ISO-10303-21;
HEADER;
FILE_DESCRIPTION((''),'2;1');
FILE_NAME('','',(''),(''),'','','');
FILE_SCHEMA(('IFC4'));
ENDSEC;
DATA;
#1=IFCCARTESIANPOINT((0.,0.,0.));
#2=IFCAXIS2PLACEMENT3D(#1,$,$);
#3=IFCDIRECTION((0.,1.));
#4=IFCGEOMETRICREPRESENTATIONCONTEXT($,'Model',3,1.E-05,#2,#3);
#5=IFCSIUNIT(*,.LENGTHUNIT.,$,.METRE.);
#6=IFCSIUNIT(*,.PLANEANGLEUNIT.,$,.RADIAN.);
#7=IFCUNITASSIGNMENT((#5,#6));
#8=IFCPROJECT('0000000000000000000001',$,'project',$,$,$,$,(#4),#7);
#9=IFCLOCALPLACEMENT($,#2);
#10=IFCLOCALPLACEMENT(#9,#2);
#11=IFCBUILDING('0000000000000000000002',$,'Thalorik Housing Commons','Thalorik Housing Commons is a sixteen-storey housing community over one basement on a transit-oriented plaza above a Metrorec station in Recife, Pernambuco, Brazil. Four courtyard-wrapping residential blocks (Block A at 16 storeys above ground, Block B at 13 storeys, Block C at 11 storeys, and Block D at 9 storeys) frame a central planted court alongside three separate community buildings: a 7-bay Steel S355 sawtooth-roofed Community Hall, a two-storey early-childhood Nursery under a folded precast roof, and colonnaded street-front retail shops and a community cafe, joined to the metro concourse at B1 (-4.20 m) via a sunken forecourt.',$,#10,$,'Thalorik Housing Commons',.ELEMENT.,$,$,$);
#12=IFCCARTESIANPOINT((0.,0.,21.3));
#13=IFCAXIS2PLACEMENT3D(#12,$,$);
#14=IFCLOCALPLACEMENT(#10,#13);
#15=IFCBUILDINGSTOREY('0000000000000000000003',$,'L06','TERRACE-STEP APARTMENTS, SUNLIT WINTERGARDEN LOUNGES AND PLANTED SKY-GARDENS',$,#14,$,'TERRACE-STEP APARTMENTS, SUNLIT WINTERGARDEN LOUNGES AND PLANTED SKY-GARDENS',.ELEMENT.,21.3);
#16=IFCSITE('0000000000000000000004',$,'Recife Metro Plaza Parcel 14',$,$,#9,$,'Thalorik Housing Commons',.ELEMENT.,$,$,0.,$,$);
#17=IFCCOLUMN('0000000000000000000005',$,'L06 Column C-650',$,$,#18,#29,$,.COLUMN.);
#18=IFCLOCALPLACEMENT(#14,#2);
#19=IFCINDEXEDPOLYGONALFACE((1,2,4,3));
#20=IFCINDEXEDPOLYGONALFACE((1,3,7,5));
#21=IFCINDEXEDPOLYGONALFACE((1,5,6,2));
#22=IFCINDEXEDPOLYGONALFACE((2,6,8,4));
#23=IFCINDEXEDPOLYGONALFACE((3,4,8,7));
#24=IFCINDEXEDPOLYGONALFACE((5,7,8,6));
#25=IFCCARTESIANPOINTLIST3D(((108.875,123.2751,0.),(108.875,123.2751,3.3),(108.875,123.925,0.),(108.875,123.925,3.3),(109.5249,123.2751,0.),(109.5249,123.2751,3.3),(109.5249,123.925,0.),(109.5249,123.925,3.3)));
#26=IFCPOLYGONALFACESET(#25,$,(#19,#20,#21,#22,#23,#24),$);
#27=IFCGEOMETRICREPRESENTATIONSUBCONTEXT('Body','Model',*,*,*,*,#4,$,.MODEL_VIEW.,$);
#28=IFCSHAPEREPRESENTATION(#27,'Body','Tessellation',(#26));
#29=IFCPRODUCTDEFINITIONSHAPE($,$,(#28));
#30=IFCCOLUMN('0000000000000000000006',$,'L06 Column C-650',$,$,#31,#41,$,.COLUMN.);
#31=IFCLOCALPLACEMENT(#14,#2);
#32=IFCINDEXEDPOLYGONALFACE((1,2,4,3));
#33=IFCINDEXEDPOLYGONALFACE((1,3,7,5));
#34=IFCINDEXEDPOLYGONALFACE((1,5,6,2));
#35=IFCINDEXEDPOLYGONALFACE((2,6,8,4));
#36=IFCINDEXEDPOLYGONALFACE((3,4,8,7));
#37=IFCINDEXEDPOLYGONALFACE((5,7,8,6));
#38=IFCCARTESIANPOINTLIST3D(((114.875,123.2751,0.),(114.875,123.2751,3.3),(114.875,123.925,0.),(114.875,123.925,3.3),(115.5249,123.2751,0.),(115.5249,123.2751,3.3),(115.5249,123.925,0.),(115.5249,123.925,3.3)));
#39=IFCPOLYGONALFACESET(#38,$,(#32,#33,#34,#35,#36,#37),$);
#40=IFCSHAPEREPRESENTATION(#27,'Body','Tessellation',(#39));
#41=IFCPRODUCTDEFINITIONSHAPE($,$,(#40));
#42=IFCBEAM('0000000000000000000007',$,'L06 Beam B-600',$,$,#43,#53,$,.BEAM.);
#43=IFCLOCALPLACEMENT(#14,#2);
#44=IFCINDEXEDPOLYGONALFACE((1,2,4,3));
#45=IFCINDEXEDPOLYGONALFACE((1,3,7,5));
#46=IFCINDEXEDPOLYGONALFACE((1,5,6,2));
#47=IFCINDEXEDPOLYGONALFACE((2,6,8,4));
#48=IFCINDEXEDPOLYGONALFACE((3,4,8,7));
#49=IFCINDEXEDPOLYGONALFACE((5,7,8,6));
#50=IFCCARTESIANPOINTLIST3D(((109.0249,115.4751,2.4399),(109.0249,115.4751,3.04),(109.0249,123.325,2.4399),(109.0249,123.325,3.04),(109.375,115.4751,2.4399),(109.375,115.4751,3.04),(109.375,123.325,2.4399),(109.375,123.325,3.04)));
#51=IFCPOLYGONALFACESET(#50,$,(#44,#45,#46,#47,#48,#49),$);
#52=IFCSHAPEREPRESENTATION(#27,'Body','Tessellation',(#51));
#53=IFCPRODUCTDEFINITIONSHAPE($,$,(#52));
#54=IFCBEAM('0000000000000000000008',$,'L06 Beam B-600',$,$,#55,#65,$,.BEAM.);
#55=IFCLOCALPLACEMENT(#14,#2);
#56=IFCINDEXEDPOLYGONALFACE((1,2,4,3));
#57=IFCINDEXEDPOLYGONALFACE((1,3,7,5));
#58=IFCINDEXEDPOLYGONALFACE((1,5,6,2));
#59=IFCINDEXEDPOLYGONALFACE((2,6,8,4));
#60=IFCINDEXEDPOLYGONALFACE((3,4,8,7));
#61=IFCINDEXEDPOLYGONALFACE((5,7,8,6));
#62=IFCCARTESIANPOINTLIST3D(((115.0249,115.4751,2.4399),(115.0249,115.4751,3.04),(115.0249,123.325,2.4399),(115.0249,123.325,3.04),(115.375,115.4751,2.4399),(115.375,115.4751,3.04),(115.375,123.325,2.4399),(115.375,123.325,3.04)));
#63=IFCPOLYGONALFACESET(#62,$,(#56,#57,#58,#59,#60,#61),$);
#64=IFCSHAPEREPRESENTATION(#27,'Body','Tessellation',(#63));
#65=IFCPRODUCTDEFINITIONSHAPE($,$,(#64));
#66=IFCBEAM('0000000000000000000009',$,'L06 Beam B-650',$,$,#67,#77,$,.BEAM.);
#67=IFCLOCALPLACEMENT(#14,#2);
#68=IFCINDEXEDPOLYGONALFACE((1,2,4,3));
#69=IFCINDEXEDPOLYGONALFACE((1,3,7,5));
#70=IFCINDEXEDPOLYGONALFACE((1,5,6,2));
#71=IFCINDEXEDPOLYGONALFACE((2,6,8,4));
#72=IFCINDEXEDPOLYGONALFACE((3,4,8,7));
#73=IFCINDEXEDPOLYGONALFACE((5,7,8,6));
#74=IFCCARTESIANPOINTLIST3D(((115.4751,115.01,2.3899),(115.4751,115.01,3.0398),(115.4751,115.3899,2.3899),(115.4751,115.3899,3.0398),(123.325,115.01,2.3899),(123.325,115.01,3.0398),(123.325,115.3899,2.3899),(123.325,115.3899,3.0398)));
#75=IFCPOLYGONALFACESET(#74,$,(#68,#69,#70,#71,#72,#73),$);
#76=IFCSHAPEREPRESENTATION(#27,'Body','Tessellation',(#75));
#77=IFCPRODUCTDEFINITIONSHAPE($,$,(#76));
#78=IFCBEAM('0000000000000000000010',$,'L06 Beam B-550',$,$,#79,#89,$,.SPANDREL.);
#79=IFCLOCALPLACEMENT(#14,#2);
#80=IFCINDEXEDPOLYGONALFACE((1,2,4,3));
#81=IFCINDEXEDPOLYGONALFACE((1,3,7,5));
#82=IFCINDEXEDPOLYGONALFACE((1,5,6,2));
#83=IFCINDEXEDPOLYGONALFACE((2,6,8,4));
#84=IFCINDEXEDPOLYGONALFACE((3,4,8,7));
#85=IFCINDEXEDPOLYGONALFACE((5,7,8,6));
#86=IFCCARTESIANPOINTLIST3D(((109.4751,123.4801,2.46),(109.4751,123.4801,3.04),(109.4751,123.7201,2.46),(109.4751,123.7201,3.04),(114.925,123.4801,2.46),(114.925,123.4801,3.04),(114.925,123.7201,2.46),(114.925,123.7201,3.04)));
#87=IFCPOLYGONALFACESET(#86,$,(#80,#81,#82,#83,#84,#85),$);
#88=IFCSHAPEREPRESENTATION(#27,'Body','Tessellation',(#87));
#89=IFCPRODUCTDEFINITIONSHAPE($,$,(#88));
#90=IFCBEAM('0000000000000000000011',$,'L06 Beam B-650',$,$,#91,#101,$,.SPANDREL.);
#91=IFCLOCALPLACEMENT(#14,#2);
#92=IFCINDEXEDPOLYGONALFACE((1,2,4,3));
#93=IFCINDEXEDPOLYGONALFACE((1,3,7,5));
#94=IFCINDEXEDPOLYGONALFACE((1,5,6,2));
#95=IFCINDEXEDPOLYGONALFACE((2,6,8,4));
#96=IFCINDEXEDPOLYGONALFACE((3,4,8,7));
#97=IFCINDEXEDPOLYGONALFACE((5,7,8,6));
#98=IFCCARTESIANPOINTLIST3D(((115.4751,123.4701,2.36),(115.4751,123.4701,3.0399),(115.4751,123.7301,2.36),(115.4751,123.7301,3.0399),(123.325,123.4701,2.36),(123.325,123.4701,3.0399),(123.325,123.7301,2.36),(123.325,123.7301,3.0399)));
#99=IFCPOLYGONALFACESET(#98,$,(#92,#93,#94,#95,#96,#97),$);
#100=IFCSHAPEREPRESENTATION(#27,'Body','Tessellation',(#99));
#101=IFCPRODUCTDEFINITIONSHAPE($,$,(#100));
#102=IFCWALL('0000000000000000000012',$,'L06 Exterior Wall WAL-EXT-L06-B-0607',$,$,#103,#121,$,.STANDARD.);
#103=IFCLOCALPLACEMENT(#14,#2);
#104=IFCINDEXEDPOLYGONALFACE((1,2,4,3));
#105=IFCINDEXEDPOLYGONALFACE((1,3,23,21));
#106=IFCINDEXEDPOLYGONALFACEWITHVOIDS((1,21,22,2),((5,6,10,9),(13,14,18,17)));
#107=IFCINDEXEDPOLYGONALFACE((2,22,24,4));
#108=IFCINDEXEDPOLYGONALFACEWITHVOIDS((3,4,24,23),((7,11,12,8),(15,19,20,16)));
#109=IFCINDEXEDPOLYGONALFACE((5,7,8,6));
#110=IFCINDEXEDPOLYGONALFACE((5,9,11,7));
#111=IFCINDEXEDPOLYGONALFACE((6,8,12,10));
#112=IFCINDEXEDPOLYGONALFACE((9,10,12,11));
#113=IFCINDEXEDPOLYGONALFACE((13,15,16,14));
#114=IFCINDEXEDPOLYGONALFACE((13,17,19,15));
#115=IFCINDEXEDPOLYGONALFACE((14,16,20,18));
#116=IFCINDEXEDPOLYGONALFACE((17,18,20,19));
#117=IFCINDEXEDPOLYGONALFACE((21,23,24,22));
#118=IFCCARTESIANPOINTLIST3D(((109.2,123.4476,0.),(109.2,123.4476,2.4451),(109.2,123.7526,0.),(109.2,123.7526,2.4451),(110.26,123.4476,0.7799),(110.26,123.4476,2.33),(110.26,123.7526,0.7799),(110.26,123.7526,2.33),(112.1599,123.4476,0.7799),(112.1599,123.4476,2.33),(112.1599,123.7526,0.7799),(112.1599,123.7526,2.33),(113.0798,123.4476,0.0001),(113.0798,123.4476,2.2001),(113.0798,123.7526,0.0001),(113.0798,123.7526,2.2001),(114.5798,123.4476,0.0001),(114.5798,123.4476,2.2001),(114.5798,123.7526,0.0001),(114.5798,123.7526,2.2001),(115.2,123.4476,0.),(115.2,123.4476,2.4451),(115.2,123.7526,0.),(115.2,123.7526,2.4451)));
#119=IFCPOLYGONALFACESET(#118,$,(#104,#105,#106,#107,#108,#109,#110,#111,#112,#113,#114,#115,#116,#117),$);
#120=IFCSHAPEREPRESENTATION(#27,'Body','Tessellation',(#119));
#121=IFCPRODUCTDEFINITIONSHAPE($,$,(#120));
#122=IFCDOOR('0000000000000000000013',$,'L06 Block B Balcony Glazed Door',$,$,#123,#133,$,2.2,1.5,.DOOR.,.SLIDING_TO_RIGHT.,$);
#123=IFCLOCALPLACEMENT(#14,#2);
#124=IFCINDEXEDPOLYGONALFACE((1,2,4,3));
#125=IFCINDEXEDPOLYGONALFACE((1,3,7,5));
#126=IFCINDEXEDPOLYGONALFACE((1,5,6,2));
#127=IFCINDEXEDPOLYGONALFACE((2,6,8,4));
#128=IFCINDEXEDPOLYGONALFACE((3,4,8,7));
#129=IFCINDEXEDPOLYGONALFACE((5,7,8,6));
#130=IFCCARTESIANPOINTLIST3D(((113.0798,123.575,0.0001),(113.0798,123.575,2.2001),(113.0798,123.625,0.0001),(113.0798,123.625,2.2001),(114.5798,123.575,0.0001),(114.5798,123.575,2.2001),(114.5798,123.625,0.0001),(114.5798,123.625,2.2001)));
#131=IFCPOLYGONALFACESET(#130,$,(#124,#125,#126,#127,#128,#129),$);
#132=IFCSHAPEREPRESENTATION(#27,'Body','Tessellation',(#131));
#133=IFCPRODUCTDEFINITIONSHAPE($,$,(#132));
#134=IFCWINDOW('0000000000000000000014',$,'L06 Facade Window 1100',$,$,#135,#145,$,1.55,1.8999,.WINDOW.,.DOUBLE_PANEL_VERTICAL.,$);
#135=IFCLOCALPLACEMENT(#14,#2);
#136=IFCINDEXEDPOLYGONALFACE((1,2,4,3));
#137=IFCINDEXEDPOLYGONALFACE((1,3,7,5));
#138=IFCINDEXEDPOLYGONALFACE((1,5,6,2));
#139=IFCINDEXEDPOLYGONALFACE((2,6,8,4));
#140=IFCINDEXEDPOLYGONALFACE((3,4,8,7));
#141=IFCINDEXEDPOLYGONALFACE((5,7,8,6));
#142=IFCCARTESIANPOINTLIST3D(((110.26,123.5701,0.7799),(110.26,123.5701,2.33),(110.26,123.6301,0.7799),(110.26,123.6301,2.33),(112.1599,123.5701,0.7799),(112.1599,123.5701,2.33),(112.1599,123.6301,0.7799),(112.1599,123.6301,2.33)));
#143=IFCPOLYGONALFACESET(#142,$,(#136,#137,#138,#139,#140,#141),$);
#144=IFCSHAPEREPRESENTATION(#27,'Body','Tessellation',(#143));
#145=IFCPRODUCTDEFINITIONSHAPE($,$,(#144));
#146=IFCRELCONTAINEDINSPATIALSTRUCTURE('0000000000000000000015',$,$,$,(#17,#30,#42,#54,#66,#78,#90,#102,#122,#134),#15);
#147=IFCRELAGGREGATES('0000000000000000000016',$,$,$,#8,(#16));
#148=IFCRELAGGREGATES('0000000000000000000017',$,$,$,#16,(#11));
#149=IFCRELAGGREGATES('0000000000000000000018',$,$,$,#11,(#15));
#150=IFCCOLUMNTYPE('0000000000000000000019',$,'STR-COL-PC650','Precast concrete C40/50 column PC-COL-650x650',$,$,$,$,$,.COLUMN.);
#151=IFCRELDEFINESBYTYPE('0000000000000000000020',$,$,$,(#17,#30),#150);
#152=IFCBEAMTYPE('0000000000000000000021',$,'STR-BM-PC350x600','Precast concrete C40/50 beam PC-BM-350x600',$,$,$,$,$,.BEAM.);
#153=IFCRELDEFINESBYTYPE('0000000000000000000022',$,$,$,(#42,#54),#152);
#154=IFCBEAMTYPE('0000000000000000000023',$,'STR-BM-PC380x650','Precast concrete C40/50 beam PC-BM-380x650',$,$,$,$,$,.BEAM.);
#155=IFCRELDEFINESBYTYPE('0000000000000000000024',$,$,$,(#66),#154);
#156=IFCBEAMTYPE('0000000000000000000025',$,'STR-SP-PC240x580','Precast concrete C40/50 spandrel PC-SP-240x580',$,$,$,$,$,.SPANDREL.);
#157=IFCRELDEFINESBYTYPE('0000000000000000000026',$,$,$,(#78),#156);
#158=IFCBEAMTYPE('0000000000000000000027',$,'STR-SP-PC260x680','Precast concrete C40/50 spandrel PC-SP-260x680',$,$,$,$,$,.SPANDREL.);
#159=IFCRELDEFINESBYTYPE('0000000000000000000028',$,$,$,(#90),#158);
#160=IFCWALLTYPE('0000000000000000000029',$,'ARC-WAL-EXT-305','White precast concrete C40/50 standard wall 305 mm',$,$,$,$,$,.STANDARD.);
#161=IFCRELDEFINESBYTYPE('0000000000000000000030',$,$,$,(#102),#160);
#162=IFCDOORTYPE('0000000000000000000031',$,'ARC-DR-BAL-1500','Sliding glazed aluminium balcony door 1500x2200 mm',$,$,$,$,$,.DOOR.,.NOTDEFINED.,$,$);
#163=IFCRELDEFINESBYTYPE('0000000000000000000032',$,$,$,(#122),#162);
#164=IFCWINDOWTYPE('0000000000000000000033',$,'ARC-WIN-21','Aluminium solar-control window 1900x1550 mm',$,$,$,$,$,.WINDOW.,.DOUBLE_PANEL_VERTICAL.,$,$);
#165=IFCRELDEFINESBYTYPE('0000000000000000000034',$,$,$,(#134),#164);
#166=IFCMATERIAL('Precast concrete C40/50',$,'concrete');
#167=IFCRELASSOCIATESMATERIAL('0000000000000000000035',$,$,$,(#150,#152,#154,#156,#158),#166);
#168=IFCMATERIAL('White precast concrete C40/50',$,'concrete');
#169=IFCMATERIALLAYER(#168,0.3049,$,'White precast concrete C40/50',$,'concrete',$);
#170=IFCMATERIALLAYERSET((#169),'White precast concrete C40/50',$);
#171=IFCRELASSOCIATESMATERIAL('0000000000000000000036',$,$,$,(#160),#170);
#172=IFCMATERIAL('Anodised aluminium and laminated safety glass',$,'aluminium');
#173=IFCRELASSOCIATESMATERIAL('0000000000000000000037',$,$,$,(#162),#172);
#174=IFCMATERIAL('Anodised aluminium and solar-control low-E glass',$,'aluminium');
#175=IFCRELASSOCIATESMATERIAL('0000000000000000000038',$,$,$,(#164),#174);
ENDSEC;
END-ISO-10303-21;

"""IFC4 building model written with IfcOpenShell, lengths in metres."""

from ifc_helpers import new_model, si_unit, direction, frame, frame_2d, origin, origin_2d, place, context, subcontext, project, spatial, rectangle, extrude, material, layer, layer_set, material_profile, profile_set, type_object, element, fill, save


model = new_model("IFC4")

# Units and contexts
model_context = context("Model", 3, precision=1e-05, world=origin(), true_north=direction((0.0, 1.0)))
body_context = subcontext(model_context, "Body", "Model", "MODEL_VIEW")
ifc_project = project(units=[si_unit("LENGTHUNIT", "METRE"), si_unit("PLANEANGLEUNIT", "RADIAN")], contexts=[model_context])

# Site, building, storey
site_placement = place(None, origin())
site = spatial("IfcSite", under=ifc_project, at=site_placement, Name="Recife Metro Plaza Parcel 14", LongName="Thalorik Housing Commons", CompositionType="ELEMENT", RefElevation=0.0)
building_placement = place(site_placement, origin())
building = spatial("IfcBuilding", under=site, at=building_placement, Name="Thalorik Housing Commons", Description="Thalorik Housing Commons is a sixteen-storey housing community over one basement on a transit-oriented plaza above a Metrorec station in Recife, Pernambuco, Brazil. Four courtyard-wrapping residential blocks (Block A at 16 storeys above ground, Block B at 13 storeys, Block C at 11 storeys, and Block D at 9 storeys) frame a central planted court alongside three separate community buildings: a 7-bay Steel S355 sawtooth-roofed Community Hall, a two-storey early-childhood Nursery under a folded precast roof, and colonnaded street-front retail shops and a community cafe, joined to the metro concourse at B1 (-4.20 m) via a sunken forecourt.", LongName="Thalorik Housing Commons", CompositionType="ELEMENT")
storey_placement = place(building_placement, frame((0.0, 0.0, 21.3)))
storey = spatial("IfcBuildingStorey", under=building, at=storey_placement, Name="L06", Description="TERRACE-STEP APARTMENTS, SUNLIT WINTERGARDEN LOUNGES AND PLANTED SKY-GARDENS", LongName="TERRACE-STEP APARTMENTS, SUNLIT WINTERGARDEN LOUNGES AND PLANTED SKY-GARDENS", CompositionType="ELEMENT", Elevation=21.3)

# Columns
ifc_material_1 = material(Name="Precast concrete C40/50", Category="concrete")
ifc_material_profile_1 = material_profile(ifc_material_1, rectangle(XDim=0.6499, YDim=0.6499, at=origin_2d()), Name="PC 650x650", Category="concrete")
ifc_profile_set_1 = profile_set([ifc_material_profile_1], Name="Precast concrete C40/50")
column_type = type_object("IfcColumnType", Name="STR-COL-PC650", Description="Precast concrete C40/50 column PC-COL-650x650", PredefinedType="COLUMN", material=ifc_profile_set_1)
for number, where, z_axis, x_axis, name in (
    (1, (109.2, 123.6001, 0.0), (0.0, 0.0, 1.0), (1.0, 0.0, 0.0), "L06 Column C-650"),
    (2, (115.2, 123.6001, 0.0), (0.0, 0.0, 1.0), (1.0, 0.0, 0.0), "L06 Column C-650"),
):
    element("IfcColumn", number, at=place(storey_placement, frame(where, z_axis=z_axis, x_axis=x_axis)), inside=storey, type_object=column_type, Name=name, PredefinedType="COLUMN", context=body_context, shape_type="SweptSolid", body=[
        extrude(rectangle(XDim=0.6499, YDim=0.6499, at=origin_2d()), origin(), (0.0, 0.0, 1.0), 3.3),
    ])

# Beams
ifc_material_profile_2 = material_profile(ifc_material_1, rectangle(XDim=0.3501, YDim=0.6001, at=origin_2d()), Name="PC 350x600", Category="concrete")
ifc_profile_set_2 = profile_set([ifc_material_profile_2], Name="Precast concrete C40/50")
beam_type_1 = type_object("IfcBeamType", Name="STR-BM-PC350x600", Description="Precast concrete C40/50 beam PC-BM-350x600", PredefinedType="BEAM", material=ifc_profile_set_2)
for number, where, z_axis, x_axis, name in (
    (3, (109.2, 115.4751, 2.74), (0.0, 1.0, 0.0), (-1.0, 0.0, 0.0), "L06 Beam B-600"),
    (4, (115.2, 115.4751, 2.74), (0.0, 1.0, 0.0), (-1.0, 0.0, 0.0), "L06 Beam B-600"),
):
    element("IfcBeam", number, at=place(storey_placement, frame(where, z_axis=z_axis, x_axis=x_axis)), inside=storey, type_object=beam_type_1, Name=name, PredefinedType="BEAM", context=body_context, shape_type="SweptSolid", body=[
        extrude(rectangle(XDim=0.3501, YDim=0.6001, at=origin_2d()), origin(), (0.0, 0.0, 1.0), 7.8499),
    ])
ifc_material_profile_3 = material_profile(ifc_material_1, rectangle(XDim=0.3799, YDim=0.6499, at=origin_2d()), Name="PC 380x650", Category="concrete")
ifc_profile_set_3 = profile_set([ifc_material_profile_3], Name="Precast concrete C40/50")
beam_type_2 = type_object("IfcBeamType", Name="STR-BM-PC380x650", Description="Precast concrete C40/50 beam PC-BM-380x650", PredefinedType="BEAM", material=ifc_profile_set_3)
beam_1_placement = place(storey_placement, frame((115.4751, 115.2, 2.7148), z_axis=(1.0, 0.0, 0.0), x_axis=(0.0, 1.0, 0.0)))
element("IfcBeam", 5, at=beam_1_placement, inside=storey, type_object=beam_type_2, Name="L06 Beam B-650", PredefinedType="BEAM", context=body_context, shape_type="SweptSolid", body=[
    extrude(rectangle(XDim=0.3799, YDim=0.6499, at=origin_2d()), origin(), (0.0, 0.0, 1.0), 7.8499),
])
ifc_material_profile_4 = material_profile(ifc_material_1, rectangle(XDim=0.24, YDim=0.5801, at=origin_2d()), Name="PC SP 240x580", Category="concrete")
ifc_profile_set_4 = profile_set([ifc_material_profile_4], Name="Precast concrete C40/50")
beam_type_3 = type_object("IfcBeamType", Name="STR-SP-PC240x580", Description="Precast concrete C40/50 spandrel PC-SP-240x580", PredefinedType="SPANDREL", material=ifc_profile_set_4)
beam_2_placement = place(storey_placement, frame((109.4751, 123.6001, 2.75), z_axis=(1.0, 0.0, 0.0), x_axis=(0.0, 1.0, 0.0)))
element("IfcBeam", 6, at=beam_2_placement, inside=storey, type_object=beam_type_3, Name="L06 Beam B-550", PredefinedType="SPANDREL", context=body_context, shape_type="SweptSolid", body=[
    extrude(rectangle(XDim=0.24, YDim=0.5801, at=origin_2d()), origin(), (0.0, 0.0, 1.0), 5.45),
])
ifc_material_profile_5 = material_profile(ifc_material_1, rectangle(XDim=0.26, YDim=0.6799, at=origin_2d()), Name="PC SP 260x680", Category="concrete")
ifc_profile_set_5 = profile_set([ifc_material_profile_5], Name="Precast concrete C40/50")
beam_type_4 = type_object("IfcBeamType", Name="STR-SP-PC260x680", Description="Precast concrete C40/50 spandrel PC-SP-260x680", PredefinedType="SPANDREL", material=ifc_profile_set_5)
beam_3_placement = place(storey_placement, frame((115.4751, 123.6001, 2.7), z_axis=(1.0, 0.0, 0.0), x_axis=(0.0, 1.0, 0.0)))
element("IfcBeam", 7, at=beam_3_placement, inside=storey, type_object=beam_type_4, Name="L06 Beam B-650", PredefinedType="SPANDREL", context=body_context, shape_type="SweptSolid", body=[
    extrude(rectangle(XDim=0.26, YDim=0.6799, at=origin_2d()), origin(), (0.0, 0.0, 1.0), 7.8499),
])

# Wall, openings, door, window
ifc_material_2 = material(Name="White precast concrete C40/50", Category="concrete")
ifc_layer_1 = layer(ifc_material_2, 0.3049, Name="White precast concrete C40/50", Category="concrete")
ifc_layer_set_1 = layer_set([ifc_layer_1], Name="White precast concrete C40/50")
wall_type = type_object("IfcWallType", Name="ARC-WAL-EXT-305", Description="White precast concrete C40/50 standard wall 305 mm", PredefinedType="STANDARD", material=ifc_layer_set_1)
wall_1_placement = place(storey_placement, frame((115.2, 123.6001, 0.0), z_axis=(0.0, 0.0, 1.0), x_axis=(-1.0, 0.0, 0.0)))
wall_1 = element("IfcWall", 8, at=wall_1_placement, inside=storey, type_object=wall_type, Name="L06 Exterior Wall WAL-EXT-L06-B-0607", PredefinedType="STANDARD", context=body_context, shape_type="SweptSolid", body=[
    extrude(rectangle(XDim=6.0, YDim=0.3049, at=frame_2d((3.0, 0.0))), origin(), (0.0, 0.0, 1.0), 2.4451),
])
opening_1_placement = place(wall_1_placement, frame((0.6201, 0.0, 0.0)))
opening_1 = element("IfcOpeningElement", 9, at=opening_1_placement, cuts=wall_1, PredefinedType="OPENING", context=body_context, shape_type="SweptSolid", body=[
    extrude(rectangle(XDim=1.5, YDim=2.2, at=frame_2d((0.75, 1.1001))), frame((0.0, 0.1626, 0.0), z_axis=(0.0, -1.0, 0.0), x_axis=(1.0, 0.0, 0.0)), (0.0, 0.0, 1.0), 0.325),
])
opening_2_placement = place(wall_1_placement, frame((3.04, 0.0, 0.78)))
opening_2 = element("IfcOpeningElement", 10, at=opening_2_placement, cuts=wall_1, PredefinedType="OPENING", context=body_context, shape_type="SweptSolid", body=[
    extrude(rectangle(XDim=1.8999, YDim=1.55, at=frame_2d((0.95, 0.7749))), frame((0.0, 0.1626, 0.0), z_axis=(0.0, -1.0, 0.0), x_axis=(1.0, 0.0, 0.0)), (0.0, 0.0, 1.0), 0.325),
])
ifc_material_3 = material(Name="Anodised aluminium and laminated safety glass", Category="aluminium")
door_type_1 = type_object("IfcDoorType", Name="ARC-DR-BAL-1500", Description="Sliding glazed aluminium balcony door 1500x2200 mm", OperationType="NOTDEFINED", PredefinedType="DOOR", material=ifc_material_3)
door_1_placement = place(opening_1_placement, frame((1.5, 0.0, 0.0), z_axis=(0.0, 0.0, 1.0), x_axis=(-1.0, 0.0, 0.0)))
door_1 = element("IfcDoor", 11, at=door_1_placement, inside=storey, type_object=door_type_1, Name="L06 Block B Balcony Glazed Door", OperationType="SLIDING_TO_RIGHT", OverallHeight=2.2, OverallWidth=1.5, PredefinedType="DOOR", context=body_context, shape_type="SweptSolid", body=[
    extrude(rectangle(XDim=1.5, YDim=2.2, at=frame_2d((0.75, 1.1001))), frame((0.0, 0.0249, 0.0), z_axis=(0.0, -1.0, 0.0), x_axis=(1.0, 0.0, 0.0)), (0.0, 0.0, 1.0), 0.05),
])
fill(opening_1, door_1)
ifc_material_4 = material(Name="Anodised aluminium and solar-control low-E glass", Category="aluminium")
window_type_1 = type_object("IfcWindowType", Name="ARC-WIN-21", Description="Aluminium solar-control window 1900x1550 mm", PartitioningType="DOUBLE_PANEL_VERTICAL", PredefinedType="WINDOW", material=ifc_material_4)
window_1_placement = place(opening_2_placement, origin())
window_1 = element("IfcWindow", 12, at=window_1_placement, inside=storey, type_object=window_type_1, Name="L06 Facade Window 1100", OverallHeight=1.55, OverallWidth=1.8999, PartitioningType="DOUBLE_PANEL_VERTICAL", PredefinedType="WINDOW", context=body_context, shape_type="SweptSolid", body=[
    extrude(rectangle(XDim=1.8999, YDim=1.55, at=frame_2d((0.95, 0.7749))), frame((0.0, 0.03, 0.0), z_axis=(0.0, -1.0, 0.0), x_axis=(1.0, 0.0, 0.0)), (0.0, 0.0, 1.0), 0.0601),
])
fill(opening_2, window_1)

save(model, "model.ifc")
